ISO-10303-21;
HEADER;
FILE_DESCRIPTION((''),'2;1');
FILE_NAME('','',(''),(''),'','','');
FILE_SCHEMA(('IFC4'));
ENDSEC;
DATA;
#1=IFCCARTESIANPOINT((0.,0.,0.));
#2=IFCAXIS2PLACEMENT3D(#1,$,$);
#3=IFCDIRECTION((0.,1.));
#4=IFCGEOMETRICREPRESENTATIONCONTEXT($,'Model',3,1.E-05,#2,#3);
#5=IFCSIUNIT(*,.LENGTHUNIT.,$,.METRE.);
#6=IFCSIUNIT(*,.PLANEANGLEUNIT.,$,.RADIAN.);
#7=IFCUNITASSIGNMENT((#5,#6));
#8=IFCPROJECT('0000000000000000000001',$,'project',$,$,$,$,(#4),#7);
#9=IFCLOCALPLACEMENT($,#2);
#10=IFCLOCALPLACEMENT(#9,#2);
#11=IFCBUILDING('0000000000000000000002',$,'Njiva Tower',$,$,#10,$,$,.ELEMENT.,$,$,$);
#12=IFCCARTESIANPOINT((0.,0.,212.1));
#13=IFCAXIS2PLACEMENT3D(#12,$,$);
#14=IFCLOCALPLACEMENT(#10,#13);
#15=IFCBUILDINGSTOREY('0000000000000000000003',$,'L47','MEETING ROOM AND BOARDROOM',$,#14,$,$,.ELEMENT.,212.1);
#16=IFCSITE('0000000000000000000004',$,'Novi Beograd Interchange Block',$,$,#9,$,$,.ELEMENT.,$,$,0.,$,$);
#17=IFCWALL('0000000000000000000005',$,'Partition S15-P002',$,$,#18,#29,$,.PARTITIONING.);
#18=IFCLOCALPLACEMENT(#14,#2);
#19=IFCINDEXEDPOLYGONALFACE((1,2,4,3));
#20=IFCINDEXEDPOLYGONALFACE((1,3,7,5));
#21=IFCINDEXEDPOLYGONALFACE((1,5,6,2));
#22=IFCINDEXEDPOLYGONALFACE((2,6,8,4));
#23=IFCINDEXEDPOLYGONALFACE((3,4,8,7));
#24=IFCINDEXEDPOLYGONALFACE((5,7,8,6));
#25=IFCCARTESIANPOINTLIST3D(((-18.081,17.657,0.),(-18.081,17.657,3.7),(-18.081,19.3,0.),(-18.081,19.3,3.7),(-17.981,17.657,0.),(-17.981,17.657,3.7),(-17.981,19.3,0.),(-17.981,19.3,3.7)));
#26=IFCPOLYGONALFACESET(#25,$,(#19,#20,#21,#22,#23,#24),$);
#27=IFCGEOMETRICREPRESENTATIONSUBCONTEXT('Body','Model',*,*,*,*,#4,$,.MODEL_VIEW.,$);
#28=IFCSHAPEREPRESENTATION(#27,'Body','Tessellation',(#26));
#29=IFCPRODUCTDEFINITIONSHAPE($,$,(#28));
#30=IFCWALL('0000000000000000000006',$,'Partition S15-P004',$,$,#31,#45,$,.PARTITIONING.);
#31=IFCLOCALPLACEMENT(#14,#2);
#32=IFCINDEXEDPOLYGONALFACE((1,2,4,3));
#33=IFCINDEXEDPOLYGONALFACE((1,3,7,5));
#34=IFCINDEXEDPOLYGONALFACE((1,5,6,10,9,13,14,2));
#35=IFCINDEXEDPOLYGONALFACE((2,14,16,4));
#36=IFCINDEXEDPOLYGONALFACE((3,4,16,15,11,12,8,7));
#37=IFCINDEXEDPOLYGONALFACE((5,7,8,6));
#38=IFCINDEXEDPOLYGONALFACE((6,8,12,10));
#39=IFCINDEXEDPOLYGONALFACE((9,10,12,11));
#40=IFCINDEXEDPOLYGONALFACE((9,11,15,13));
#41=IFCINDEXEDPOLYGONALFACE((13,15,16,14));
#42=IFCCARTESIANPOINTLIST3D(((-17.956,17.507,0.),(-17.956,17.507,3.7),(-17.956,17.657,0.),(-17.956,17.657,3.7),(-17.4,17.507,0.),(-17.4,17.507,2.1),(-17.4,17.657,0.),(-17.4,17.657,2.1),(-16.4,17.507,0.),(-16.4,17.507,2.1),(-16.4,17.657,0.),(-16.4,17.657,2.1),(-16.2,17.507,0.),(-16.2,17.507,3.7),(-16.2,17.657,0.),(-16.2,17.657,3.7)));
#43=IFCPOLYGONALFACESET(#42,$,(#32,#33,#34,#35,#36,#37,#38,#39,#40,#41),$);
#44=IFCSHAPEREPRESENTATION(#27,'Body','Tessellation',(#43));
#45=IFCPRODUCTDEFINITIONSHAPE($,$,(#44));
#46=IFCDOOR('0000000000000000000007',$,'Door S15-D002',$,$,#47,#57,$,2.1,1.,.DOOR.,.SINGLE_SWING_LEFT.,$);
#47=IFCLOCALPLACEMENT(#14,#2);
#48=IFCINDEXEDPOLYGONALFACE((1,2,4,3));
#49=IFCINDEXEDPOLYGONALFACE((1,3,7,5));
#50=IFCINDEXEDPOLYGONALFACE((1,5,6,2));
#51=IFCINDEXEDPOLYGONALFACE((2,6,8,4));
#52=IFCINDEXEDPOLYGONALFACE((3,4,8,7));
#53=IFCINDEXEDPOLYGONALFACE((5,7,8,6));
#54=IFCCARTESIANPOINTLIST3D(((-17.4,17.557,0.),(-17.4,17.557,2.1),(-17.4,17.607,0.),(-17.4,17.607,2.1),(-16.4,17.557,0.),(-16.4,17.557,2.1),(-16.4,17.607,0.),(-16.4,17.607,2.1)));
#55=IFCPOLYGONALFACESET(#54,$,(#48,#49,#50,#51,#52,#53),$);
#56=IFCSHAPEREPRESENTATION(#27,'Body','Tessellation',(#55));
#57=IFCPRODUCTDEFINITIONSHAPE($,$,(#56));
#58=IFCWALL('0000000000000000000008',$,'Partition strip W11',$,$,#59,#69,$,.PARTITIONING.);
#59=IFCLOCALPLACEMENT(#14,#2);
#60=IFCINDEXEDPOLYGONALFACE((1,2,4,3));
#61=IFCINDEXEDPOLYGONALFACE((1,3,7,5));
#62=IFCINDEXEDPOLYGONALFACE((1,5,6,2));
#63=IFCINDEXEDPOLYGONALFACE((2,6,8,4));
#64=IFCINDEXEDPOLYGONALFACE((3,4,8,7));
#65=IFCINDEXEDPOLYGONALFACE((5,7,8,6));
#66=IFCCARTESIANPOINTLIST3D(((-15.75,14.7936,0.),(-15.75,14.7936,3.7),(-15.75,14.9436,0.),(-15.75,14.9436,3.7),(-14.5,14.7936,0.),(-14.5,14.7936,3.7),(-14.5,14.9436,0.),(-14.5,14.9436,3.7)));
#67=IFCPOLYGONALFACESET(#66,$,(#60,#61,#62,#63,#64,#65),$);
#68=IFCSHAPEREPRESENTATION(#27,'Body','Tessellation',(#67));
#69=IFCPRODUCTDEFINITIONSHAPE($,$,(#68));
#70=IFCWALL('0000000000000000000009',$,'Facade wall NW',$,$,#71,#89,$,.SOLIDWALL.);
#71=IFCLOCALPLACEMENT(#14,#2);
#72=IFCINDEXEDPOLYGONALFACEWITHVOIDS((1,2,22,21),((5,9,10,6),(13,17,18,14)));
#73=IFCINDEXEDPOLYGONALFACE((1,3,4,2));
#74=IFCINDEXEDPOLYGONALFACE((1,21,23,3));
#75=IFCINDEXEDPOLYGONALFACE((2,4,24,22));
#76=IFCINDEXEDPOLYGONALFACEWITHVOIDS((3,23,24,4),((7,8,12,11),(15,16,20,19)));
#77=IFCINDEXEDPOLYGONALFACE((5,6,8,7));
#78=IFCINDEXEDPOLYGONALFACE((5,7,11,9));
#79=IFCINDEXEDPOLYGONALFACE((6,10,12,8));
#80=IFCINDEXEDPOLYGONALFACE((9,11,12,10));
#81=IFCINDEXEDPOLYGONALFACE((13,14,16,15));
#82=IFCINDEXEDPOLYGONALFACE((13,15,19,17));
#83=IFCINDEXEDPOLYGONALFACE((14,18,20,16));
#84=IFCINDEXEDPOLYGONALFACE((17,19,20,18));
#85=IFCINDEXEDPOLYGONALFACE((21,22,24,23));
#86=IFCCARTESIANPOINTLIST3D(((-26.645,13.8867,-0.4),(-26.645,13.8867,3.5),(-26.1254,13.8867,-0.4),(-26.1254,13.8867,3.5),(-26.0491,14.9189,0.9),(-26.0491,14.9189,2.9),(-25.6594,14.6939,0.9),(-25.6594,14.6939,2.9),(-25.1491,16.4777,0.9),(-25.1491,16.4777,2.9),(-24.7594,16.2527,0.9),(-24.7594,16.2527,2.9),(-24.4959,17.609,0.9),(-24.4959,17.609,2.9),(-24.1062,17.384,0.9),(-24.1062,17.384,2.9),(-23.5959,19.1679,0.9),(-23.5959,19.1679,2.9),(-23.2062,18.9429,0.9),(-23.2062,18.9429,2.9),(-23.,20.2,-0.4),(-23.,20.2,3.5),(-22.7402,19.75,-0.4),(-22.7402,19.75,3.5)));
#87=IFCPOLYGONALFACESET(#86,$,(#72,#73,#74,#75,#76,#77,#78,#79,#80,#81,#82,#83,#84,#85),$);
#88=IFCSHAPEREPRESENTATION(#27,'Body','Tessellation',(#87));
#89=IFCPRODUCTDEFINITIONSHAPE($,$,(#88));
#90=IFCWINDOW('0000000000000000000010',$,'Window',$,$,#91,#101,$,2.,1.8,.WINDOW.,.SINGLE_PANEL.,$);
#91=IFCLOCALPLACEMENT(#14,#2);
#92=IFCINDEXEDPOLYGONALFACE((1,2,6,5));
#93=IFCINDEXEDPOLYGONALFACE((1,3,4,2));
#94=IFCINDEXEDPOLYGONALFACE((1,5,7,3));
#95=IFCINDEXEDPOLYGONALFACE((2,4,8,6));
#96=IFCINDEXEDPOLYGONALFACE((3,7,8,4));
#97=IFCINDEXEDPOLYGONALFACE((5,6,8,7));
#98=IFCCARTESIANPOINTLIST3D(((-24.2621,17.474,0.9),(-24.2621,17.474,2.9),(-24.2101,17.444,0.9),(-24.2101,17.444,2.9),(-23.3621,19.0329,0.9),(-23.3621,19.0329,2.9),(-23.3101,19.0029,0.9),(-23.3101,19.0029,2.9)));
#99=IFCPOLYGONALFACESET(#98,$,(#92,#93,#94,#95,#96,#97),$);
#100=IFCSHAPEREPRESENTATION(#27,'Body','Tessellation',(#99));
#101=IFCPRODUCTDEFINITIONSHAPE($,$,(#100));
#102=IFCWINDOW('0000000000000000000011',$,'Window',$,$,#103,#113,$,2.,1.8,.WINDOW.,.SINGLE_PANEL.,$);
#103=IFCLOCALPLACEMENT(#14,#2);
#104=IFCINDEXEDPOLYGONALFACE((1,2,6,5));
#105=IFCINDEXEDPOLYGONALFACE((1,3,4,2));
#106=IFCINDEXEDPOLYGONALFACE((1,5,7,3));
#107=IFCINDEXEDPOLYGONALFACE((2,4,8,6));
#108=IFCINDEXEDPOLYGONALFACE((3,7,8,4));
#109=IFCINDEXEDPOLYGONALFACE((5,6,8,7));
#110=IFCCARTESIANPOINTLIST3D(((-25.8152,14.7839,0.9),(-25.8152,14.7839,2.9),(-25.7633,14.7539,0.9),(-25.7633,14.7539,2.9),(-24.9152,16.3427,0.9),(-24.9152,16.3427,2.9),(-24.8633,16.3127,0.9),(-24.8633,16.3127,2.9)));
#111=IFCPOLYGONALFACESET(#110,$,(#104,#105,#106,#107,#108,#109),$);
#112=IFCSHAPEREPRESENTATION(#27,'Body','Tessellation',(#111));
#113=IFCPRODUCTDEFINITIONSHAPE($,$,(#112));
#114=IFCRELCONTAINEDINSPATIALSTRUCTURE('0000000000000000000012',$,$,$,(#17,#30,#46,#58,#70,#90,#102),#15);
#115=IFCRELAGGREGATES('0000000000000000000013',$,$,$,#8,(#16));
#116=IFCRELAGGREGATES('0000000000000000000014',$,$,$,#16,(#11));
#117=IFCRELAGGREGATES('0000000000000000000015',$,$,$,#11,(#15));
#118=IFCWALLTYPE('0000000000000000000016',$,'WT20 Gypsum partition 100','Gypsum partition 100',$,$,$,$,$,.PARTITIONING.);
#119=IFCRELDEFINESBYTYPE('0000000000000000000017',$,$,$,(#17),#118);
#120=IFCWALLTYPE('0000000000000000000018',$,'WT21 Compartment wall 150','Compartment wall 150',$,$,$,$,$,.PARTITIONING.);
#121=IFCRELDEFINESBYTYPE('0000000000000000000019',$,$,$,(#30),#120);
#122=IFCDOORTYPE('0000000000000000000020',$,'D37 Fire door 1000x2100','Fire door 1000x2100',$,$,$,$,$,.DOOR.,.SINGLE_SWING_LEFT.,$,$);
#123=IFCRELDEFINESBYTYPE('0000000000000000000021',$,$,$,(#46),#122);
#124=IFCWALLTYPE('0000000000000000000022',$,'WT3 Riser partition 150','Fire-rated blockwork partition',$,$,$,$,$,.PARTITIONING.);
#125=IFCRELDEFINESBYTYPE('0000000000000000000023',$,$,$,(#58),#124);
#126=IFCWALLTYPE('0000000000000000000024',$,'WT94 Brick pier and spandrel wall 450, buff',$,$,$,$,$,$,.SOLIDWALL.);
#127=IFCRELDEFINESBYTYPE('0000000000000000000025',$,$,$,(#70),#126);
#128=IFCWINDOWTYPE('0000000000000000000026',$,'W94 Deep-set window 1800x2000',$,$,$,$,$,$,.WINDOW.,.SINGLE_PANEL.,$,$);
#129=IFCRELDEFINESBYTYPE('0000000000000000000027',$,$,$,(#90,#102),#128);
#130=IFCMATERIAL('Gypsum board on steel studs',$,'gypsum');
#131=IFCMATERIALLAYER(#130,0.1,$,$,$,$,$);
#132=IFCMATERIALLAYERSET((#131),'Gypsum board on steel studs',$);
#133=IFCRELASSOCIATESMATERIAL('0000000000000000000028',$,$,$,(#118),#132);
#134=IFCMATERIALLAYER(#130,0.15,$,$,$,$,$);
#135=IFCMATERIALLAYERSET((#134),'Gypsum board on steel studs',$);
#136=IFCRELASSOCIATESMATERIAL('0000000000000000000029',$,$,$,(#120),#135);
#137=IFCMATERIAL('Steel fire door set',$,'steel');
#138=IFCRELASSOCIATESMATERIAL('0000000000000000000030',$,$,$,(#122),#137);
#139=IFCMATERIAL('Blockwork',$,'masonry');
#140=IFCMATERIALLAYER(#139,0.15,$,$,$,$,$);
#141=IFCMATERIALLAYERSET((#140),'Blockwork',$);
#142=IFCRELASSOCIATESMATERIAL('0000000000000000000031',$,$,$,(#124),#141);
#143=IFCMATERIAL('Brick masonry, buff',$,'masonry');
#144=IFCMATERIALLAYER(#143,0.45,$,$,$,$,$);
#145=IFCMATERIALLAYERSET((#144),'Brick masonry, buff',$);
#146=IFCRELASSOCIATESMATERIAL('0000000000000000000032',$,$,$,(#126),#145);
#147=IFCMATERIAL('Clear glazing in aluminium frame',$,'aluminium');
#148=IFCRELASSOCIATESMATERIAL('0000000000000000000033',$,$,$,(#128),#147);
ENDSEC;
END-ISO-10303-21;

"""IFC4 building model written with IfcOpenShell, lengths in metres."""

from ifc_helpers import new_model, si_unit, direction, frame, frame_2d, origin, place, context, subcontext, project, spatial, polyline, rectangle, outline, extrude, material, layer, layer_set, type_object, element, fill, save


model = new_model("IFC4")

# Units and contexts
model_context = context("Model", 3, precision=1e-05, world=origin(), true_north=direction((0.0, 1.0)))
body_context = subcontext(model_context, "Body", "Model", "MODEL_VIEW")
ifc_project = project(units=[si_unit("LENGTHUNIT", "METRE"), si_unit("PLANEANGLEUNIT", "RADIAN")], contexts=[model_context])

# Site, building, storey
site_placement = place(None, origin())
site = spatial("IfcSite", under=ifc_project, at=site_placement, Name="Novi Beograd Interchange Block", CompositionType="ELEMENT", RefElevation=0.0)
building_placement = place(site_placement, origin())
building = spatial("IfcBuilding", under=site, at=building_placement, Name="Njiva Tower", CompositionType="ELEMENT")
storey_placement = place(building_placement, frame((0.0, 0.0, 212.1)))
storey = spatial("IfcBuildingStorey", under=building, at=storey_placement, Name="L47", Description="MEETING ROOM AND BOARDROOM", CompositionType="ELEMENT", Elevation=212.1)

# Wall
ifc_material_1 = material(Name="Gypsum board on steel studs", Category="gypsum")
ifc_layer_1 = layer(ifc_material_1, 0.1)
ifc_layer_set_1 = layer_set([ifc_layer_1], Name="Gypsum board on steel studs")
wall_type_1 = type_object("IfcWallType", Name="WT20 Gypsum partition 100", Description="Gypsum partition 100", PredefinedType="PARTITIONING", material=ifc_layer_set_1)
wall_1_placement = place(storey_placement, frame((-18.031, 17.657, 0.0), z_axis=(0.0, 0.0, 1.0), x_axis=(0.0, 1.0, 0.0)))
element("IfcWall", 1, at=wall_1_placement, inside=storey, type_object=wall_type_1, Name="Partition S15-P002", PredefinedType="PARTITIONING", context=body_context, shape_type="SweptSolid", body=[
    extrude(rectangle(XDim=1.643, YDim=0.1, at=frame_2d((0.8215, 0.0))), origin(), (0.0, 0.0, 1.0), 3.7),
])

# Wall, opening, door
ifc_layer_2 = layer(ifc_material_1, 0.15)
ifc_layer_set_2 = layer_set([ifc_layer_2], Name="Gypsum board on steel studs")
wall_type_2 = type_object("IfcWallType", Name="WT21 Compartment wall 150", Description="Compartment wall 150", PredefinedType="PARTITIONING", material=ifc_layer_set_2)
wall_2_placement = place(storey_placement, frame((-17.956, 17.582, 0.0), z_axis=(0.0, 0.0, 1.0), x_axis=(1.0, 0.0, 0.0)))
wall_2 = element("IfcWall", 2, at=wall_2_placement, inside=storey, type_object=wall_type_2, Name="Partition S15-P004", PredefinedType="PARTITIONING", context=body_context, shape_type="SweptSolid", body=[
    extrude(rectangle(XDim=1.756, YDim=0.15, at=frame_2d((0.878, 0.0))), origin(), (0.0, 0.0, 1.0), 3.7),
])
opening_1_placement = place(wall_2_placement, frame((0.556, 0.0, 0.0)))
opening_1 = element("IfcOpeningElement", 3, at=opening_1_placement, cuts=wall_2, PredefinedType="OPENING", context=body_context, shape_type="SweptSolid", body=[
    extrude(rectangle(XDim=1.0, YDim=2.1, at=frame_2d((0.5, 1.05))), frame((0.0, 0.085, 0.0), z_axis=(0.0, -1.0, 0.0), x_axis=(1.0, 0.0, 0.0)), (0.0, 0.0, 1.0), 0.17),
])
ifc_material_2 = material(Name="Steel fire door set", Category="steel")
door_type = type_object("IfcDoorType", Name="D37 Fire door 1000x2100", Description="Fire door 1000x2100", OperationType="SINGLE_SWING_LEFT", PredefinedType="DOOR", material=ifc_material_2)
door_placement = place(opening_1_placement, origin())
door = element("IfcDoor", 4, at=door_placement, inside=storey, type_object=door_type, Name="Door S15-D002", OperationType="SINGLE_SWING_LEFT", OverallHeight=2.1, OverallWidth=1.0, PredefinedType="DOOR", context=body_context, shape_type="SweptSolid", body=[
    extrude(rectangle(XDim=1.0, YDim=2.1, at=frame_2d((0.5, 1.05))), frame((0.0, 0.025, 0.0), z_axis=(0.0, -1.0, 0.0), x_axis=(1.0, 0.0, 0.0)), (0.0, 0.0, 1.0), 0.05),
])
fill(opening_1, door)

# Wall
ifc_material_3 = material(Name="Blockwork", Category="masonry")
ifc_layer_3 = layer(ifc_material_3, 0.15)
ifc_layer_set_3 = layer_set([ifc_layer_3], Name="Blockwork")
wall_type_3 = type_object("IfcWallType", Name="WT3 Riser partition 150", Description="Fire-rated blockwork partition", PredefinedType="PARTITIONING", material=ifc_layer_set_3)
wall_3_placement = place(storey_placement, frame((-15.75, 14.8686, 0.0), z_axis=(0.0, 0.0, 1.0), x_axis=(1.0, 0.0, 0.0)))
element("IfcWall", 5, at=wall_3_placement, inside=storey, type_object=wall_type_3, Name="Partition strip W11", PredefinedType="PARTITIONING", context=body_context, shape_type="SweptSolid", body=[
    extrude(rectangle(XDim=1.25, YDim=0.15, at=frame_2d((0.625, 0.0))), origin(), (0.0, 0.0, 1.0), 3.7),
])

# Wall, openings, windows
ifc_material_4 = material(Name="Brick masonry, buff", Category="masonry")
ifc_layer_4 = layer(ifc_material_4, 0.45)
ifc_layer_set_4 = layer_set([ifc_layer_4], Name="Brick masonry, buff")
wall_type_4 = type_object("IfcWallType", Name="WT94 Brick pier and spandrel wall 450, buff", PredefinedType="SOLIDWALL", material=ifc_layer_set_4)
wall_4_placement = place(storey_placement, frame((-22.8701, 19.975, -0.4), z_axis=(0.0, 0.0, 1.0), x_axis=(-0.500002, -0.866024, 0.0)))
wall_4 = element("IfcWall", 6, at=wall_4_placement, inside=storey, type_object=wall_type_4, Name="Facade wall NW", PredefinedType="SOLIDWALL", context=body_context, shape_type="SweptSolid", body=[
    extrude(outline(polyline([(-0.1299, -0.225), (7.1601, -0.225), (6.9003, 0.225), (0.1299, 0.225), (-0.1299, -0.225)])), origin(), (0.0, 0.0, 1.0), 3.9),
])
opening_2_placement = place(wall_4_placement, frame((1.0619, 0.0, 1.3)))
opening_2 = element("IfcOpeningElement", 7, at=opening_2_placement, cuts=wall_4, PredefinedType="OPENING", context=body_context, shape_type="SweptSolid", body=[
    extrude(rectangle(XDim=1.8, YDim=2.0, at=frame_2d((0.9, 1.0))), frame((0.0, 0.235, 0.0), z_axis=(0.0, -1.0, 0.0), x_axis=(1.0, 0.0, 0.0)), (0.0, 0.0, 1.0), 0.47),
])
opening_3_placement = place(wall_4_placement, frame((4.1682, 0.0, 1.3)))
opening_3 = element("IfcOpeningElement", 8, at=opening_3_placement, cuts=wall_4, PredefinedType="OPENING", context=body_context, shape_type="SweptSolid", body=[
    extrude(rectangle(XDim=1.8, YDim=2.0, at=frame_2d((0.9, 1.0))), frame((0.0, 0.235, 0.0), z_axis=(0.0, -1.0, 0.0), x_axis=(1.0, 0.0, 0.0)), (0.0, 0.0, 1.0), 0.47),
])
ifc_material_5 = material(Name="Clear glazing in aluminium frame", Category="aluminium")
window_type = type_object("IfcWindowType", Name="W94 Deep-set window 1800x2000", PartitioningType="SINGLE_PANEL", PredefinedType="WINDOW", material=ifc_material_5)
window_1_placement = place(opening_2_placement, origin())
window_1 = element("IfcWindow", 9, at=window_1_placement, inside=storey, type_object=window_type, Name="Window", OverallHeight=2.0, OverallWidth=1.8, PartitioningType="SINGLE_PANEL", PredefinedType="WINDOW", context=body_context, shape_type="SweptSolid", body=[
    extrude(rectangle(XDim=1.8, YDim=2.0, at=frame_2d((0.9, 1.0))), frame((0.0, 0.105, 0.0), z_axis=(0.0, -1.0, 0.0), x_axis=(1.0, 0.0, 0.0)), (0.0, 0.0, 1.0), 0.06),
])
fill(opening_2, window_1)
window_2_placement = place(opening_3_placement, origin())
window_2 = element("IfcWindow", 10, at=window_2_placement, inside=storey, type_object=window_type, Name="Window", OverallHeight=2.0, OverallWidth=1.8, PartitioningType="SINGLE_PANEL", PredefinedType="WINDOW", context=body_context, shape_type="SweptSolid", body=[
    extrude(rectangle(XDim=1.8, YDim=2.0, at=frame_2d((0.9, 1.0))), frame((0.0, 0.105, 0.0), z_axis=(0.0, -1.0, 0.0), x_axis=(1.0, 0.0, 0.0)), (0.0, 0.0, 1.0), 0.06),
])
fill(opening_3, window_2)

save(model, "model.ifc")
